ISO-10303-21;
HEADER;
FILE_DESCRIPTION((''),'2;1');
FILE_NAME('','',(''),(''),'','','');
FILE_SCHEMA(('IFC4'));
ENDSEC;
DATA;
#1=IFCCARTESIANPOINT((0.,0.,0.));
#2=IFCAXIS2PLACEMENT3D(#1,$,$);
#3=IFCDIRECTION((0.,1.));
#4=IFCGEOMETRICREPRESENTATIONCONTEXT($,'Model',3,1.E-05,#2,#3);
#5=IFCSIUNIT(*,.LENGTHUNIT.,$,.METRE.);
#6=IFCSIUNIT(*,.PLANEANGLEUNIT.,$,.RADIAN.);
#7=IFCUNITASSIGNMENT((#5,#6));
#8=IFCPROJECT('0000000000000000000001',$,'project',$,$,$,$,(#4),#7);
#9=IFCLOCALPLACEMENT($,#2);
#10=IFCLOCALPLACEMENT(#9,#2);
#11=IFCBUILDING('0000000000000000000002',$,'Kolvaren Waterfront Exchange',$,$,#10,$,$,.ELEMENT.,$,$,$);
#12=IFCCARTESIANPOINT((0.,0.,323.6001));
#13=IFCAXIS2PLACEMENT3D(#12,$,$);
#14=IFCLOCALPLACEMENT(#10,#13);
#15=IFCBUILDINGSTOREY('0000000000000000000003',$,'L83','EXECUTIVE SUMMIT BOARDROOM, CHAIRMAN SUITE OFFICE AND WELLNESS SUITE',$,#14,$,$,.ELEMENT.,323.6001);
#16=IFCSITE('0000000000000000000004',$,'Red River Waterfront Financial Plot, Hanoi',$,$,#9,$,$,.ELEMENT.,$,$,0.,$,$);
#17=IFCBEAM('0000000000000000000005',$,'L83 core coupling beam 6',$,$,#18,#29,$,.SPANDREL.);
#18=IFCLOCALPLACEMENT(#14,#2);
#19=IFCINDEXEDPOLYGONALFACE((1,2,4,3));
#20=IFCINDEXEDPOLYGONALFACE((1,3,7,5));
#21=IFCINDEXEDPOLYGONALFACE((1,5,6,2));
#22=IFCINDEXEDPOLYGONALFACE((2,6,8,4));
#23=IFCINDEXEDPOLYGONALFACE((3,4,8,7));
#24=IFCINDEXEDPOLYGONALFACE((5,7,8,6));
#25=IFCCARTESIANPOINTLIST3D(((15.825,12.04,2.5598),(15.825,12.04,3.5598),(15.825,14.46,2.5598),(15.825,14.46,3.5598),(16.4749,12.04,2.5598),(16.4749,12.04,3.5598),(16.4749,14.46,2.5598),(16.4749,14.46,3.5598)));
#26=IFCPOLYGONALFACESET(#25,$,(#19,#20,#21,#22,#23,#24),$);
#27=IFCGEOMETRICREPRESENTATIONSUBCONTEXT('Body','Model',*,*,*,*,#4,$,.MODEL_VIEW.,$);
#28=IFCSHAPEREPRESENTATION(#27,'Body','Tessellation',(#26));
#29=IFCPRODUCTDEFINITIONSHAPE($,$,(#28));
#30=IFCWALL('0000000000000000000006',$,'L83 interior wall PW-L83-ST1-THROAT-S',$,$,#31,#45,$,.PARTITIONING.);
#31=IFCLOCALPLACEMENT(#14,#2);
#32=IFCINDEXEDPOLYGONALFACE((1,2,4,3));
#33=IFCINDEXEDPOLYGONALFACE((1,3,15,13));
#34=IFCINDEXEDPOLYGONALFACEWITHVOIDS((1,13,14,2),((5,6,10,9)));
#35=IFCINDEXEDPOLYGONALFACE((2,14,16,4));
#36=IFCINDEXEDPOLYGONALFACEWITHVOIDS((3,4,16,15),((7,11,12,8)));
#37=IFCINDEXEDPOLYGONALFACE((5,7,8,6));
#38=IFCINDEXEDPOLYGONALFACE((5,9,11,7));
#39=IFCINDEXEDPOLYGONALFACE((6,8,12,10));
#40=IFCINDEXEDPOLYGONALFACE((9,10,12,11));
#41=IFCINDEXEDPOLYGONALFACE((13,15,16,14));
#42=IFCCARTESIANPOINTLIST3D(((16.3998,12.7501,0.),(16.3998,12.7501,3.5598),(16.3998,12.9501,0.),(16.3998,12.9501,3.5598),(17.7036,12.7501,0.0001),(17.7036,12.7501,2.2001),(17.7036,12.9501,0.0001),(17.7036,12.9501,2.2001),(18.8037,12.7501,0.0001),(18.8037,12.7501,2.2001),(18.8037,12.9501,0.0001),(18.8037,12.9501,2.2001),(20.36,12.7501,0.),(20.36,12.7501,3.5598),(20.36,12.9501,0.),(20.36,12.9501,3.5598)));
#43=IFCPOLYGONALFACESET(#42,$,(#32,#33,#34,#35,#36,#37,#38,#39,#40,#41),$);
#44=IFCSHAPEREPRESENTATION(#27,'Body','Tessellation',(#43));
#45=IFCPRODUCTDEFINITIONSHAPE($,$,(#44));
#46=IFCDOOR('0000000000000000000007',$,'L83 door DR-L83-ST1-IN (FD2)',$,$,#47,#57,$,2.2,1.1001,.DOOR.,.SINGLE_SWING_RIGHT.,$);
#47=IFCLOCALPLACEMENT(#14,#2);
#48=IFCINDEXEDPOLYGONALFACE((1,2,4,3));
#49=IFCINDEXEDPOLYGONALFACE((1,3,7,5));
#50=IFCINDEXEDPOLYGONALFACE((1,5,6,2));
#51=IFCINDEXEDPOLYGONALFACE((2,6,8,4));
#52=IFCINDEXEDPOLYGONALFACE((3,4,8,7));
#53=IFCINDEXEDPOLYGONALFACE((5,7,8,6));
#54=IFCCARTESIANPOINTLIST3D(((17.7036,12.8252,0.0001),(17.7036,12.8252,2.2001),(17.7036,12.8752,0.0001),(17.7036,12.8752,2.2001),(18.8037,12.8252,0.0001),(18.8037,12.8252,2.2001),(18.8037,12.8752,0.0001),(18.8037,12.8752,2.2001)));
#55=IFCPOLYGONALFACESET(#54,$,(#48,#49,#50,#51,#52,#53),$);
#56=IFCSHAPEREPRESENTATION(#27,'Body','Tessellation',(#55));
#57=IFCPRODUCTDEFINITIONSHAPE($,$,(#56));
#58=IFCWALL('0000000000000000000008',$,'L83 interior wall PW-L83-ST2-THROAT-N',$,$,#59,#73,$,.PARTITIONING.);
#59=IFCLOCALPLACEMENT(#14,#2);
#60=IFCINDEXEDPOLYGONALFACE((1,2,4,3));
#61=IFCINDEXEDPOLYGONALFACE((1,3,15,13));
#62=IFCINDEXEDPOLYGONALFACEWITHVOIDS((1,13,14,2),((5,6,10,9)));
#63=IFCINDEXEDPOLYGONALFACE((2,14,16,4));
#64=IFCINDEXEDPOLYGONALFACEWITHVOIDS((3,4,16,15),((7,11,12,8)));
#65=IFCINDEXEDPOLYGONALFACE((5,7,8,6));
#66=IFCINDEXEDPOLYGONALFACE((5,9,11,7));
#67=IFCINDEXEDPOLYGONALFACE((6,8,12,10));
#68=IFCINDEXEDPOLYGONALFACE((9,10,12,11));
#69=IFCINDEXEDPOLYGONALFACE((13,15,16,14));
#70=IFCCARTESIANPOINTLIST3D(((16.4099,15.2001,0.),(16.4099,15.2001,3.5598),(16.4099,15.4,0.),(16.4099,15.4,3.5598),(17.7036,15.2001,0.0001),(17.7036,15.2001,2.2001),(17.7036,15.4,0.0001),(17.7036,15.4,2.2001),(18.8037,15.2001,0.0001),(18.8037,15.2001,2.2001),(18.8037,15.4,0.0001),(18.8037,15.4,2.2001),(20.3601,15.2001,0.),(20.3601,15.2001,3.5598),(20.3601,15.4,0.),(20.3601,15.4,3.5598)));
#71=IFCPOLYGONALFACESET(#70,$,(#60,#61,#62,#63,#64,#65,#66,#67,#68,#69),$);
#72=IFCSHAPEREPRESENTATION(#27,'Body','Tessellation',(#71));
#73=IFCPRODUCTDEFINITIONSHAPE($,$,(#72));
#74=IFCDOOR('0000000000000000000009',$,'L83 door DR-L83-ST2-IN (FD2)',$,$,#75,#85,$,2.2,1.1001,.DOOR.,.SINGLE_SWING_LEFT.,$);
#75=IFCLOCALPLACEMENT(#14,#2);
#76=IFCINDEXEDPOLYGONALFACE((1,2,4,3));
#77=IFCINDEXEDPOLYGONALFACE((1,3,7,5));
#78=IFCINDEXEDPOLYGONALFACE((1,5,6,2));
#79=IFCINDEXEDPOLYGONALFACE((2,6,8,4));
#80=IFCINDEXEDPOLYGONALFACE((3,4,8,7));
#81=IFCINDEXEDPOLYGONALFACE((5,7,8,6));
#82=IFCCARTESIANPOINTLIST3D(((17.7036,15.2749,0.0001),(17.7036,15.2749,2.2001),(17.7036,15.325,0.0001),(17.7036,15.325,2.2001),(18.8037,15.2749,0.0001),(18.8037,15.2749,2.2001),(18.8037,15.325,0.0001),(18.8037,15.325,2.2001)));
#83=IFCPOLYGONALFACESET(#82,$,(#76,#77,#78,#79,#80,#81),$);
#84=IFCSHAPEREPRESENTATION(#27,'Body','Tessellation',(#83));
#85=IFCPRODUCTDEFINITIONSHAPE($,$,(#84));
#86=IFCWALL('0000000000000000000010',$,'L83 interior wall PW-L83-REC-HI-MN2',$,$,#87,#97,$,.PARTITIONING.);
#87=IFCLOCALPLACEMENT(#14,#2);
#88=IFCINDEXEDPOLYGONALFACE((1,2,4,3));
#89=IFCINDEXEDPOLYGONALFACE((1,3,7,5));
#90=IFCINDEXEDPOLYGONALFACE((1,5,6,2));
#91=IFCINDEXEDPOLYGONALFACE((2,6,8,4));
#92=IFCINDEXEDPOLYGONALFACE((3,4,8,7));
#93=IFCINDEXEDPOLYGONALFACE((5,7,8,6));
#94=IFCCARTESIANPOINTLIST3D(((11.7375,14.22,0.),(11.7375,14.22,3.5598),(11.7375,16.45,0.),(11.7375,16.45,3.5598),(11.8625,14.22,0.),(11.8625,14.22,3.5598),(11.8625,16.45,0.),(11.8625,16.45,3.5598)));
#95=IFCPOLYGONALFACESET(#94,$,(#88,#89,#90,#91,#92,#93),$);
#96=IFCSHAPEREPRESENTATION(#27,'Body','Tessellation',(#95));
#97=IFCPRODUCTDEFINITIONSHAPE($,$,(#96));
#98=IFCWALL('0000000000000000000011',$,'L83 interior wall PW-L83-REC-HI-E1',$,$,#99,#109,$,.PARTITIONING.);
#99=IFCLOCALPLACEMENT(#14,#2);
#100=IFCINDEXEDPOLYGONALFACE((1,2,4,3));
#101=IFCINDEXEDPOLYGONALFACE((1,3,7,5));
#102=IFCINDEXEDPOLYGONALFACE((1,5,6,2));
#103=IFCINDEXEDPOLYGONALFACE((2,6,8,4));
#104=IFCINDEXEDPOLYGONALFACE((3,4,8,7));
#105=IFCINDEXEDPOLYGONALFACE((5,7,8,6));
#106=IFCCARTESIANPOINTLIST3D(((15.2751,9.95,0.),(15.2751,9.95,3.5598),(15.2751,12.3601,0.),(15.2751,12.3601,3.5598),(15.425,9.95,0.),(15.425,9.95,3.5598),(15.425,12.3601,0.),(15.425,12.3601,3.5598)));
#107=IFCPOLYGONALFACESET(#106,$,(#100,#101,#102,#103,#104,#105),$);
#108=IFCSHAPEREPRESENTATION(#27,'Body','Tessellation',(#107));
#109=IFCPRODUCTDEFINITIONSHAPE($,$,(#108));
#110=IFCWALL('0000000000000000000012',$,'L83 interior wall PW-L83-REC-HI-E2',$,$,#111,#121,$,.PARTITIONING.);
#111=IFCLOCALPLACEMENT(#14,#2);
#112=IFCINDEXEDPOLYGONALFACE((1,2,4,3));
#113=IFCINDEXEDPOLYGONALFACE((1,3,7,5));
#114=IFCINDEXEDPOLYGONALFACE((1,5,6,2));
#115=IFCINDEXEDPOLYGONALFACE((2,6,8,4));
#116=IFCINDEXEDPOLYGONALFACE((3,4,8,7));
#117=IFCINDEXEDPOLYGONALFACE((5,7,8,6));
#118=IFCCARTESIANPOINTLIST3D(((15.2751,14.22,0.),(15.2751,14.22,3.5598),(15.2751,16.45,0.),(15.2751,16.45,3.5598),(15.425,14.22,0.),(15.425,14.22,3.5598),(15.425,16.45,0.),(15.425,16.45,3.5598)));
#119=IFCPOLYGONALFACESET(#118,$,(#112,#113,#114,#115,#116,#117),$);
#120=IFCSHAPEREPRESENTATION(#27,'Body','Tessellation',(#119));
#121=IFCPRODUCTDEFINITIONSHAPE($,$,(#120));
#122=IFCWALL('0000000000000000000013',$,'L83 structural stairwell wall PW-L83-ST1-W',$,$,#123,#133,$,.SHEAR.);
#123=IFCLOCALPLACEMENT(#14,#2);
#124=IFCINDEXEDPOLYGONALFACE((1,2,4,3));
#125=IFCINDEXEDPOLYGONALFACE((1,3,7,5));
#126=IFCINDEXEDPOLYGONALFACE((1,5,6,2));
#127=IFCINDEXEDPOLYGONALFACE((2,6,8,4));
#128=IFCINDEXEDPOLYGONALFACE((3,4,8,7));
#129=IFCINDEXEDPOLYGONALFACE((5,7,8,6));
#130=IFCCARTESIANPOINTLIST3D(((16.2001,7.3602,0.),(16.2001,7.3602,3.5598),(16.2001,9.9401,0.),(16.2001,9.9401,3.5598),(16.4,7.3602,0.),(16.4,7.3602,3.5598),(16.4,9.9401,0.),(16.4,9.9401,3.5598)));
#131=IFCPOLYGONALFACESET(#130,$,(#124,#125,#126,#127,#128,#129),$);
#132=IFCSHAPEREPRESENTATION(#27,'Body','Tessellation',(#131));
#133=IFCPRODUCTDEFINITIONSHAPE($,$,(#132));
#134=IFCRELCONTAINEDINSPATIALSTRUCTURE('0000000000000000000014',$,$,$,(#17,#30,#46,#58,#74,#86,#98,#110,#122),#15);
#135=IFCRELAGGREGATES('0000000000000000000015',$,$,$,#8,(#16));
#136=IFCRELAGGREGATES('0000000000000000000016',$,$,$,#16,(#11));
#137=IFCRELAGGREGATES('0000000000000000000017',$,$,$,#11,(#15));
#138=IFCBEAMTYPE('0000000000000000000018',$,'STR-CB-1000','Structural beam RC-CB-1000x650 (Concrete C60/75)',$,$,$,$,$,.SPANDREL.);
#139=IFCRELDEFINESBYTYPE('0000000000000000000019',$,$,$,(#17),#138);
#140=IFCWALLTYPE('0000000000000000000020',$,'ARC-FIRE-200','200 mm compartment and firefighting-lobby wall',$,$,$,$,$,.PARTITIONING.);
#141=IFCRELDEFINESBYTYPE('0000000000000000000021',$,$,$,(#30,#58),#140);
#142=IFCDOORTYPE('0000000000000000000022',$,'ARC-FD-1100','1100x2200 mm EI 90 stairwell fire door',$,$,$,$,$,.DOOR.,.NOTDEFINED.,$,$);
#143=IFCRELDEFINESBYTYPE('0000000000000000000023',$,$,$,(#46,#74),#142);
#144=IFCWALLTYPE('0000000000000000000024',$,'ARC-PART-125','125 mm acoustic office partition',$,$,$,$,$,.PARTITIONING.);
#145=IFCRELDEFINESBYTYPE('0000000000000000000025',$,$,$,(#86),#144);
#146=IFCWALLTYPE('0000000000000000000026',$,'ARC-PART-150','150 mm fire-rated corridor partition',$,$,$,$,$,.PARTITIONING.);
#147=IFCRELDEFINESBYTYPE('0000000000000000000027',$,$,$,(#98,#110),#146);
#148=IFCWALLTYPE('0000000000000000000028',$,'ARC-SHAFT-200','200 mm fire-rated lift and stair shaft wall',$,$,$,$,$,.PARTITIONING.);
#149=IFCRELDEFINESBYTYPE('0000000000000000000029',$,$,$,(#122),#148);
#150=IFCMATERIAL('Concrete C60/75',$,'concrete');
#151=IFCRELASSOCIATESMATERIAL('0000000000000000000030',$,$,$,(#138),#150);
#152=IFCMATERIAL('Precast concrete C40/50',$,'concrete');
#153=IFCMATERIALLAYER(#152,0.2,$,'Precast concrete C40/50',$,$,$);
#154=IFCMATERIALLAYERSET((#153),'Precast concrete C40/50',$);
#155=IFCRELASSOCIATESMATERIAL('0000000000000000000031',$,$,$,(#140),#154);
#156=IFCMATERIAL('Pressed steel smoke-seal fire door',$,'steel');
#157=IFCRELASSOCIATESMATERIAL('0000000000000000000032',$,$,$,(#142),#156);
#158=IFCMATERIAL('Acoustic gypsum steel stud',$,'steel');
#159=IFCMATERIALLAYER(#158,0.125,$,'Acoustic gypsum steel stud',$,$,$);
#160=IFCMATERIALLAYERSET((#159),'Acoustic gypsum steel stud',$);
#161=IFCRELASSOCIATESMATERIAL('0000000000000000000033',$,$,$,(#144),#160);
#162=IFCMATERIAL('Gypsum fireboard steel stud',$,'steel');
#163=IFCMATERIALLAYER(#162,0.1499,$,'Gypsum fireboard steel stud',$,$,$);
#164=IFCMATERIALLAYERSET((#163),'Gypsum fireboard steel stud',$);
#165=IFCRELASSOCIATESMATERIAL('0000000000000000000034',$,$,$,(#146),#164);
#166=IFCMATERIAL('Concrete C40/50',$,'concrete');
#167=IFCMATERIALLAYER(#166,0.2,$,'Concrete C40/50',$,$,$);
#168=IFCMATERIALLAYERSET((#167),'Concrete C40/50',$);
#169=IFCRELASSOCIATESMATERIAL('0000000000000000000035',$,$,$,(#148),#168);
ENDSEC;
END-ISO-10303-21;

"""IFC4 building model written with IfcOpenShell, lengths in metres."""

from ifc_helpers import new_model, si_unit, direction, frame, frame_2d, origin, origin_2d, place, context, subcontext, project, spatial, rectangle, extrude, material, layer, layer_set, material_profile, profile_set, type_object, element, fill, save


model = new_model("IFC4")

# Units and contexts
model_context = context("Model", 3, precision=1e-05, world=origin(), true_north=direction((0.0, 1.0)))
body_context = subcontext(model_context, "Body", "Model", "MODEL_VIEW")
ifc_project = project(units=[si_unit("LENGTHUNIT", "METRE"), si_unit("PLANEANGLEUNIT", "RADIAN")], contexts=[model_context])

# Site, building, storey
site_placement = place(None, origin())
site = spatial("IfcSite", under=ifc_project, at=site_placement, Name="Red River Waterfront Financial Plot, Hanoi", CompositionType="ELEMENT", RefElevation=0.0)
building_placement = place(site_placement, origin())
building = spatial("IfcBuilding", under=site, at=building_placement, Name="Kolvaren Waterfront Exchange", CompositionType="ELEMENT")
storey_placement = place(building_placement, frame((0.0, 0.0, 323.6001)))
storey = spatial("IfcBuildingStorey", under=building, at=storey_placement, Name="L83", Description="EXECUTIVE SUMMIT BOARDROOM, CHAIRMAN SUITE OFFICE AND WELLNESS SUITE", CompositionType="ELEMENT", Elevation=323.6001)

# Beam
ifc_material_1 = material(Name="Concrete C60/75", Category="concrete")
ifc_material_profile = material_profile(ifc_material_1, rectangle(XDim=0.6499, YDim=1.0, at=origin_2d()), Name="RC-CB-1000x650")
ifc_profile_set = profile_set([ifc_material_profile], Name="Concrete C60/75")
beam_type = type_object("IfcBeamType", Name="STR-CB-1000", Description="Structural beam RC-CB-1000x650 (Concrete C60/75)", PredefinedType="SPANDREL", material=ifc_profile_set)
beam_placement = place(storey_placement, frame((16.1499, 12.04, 3.0598), z_axis=(0.0, 1.0, 0.0), x_axis=(-1.0, 0.0, 0.0)))
element("IfcBeam", 1, at=beam_placement, inside=storey, type_object=beam_type, Name="L83 core coupling beam 6", PredefinedType="SPANDREL", context=body_context, shape_type="SweptSolid", body=[
    extrude(rectangle(XDim=0.6499, YDim=1.0, at=origin_2d()), origin(), (0.0, 0.0, 1.0), 2.4199),
])

# Walls, openings, doors
ifc_material_2 = material(Name="Precast concrete C40/50", Category="concrete")
ifc_layer_1 = layer(ifc_material_2, 0.2, Name="Precast concrete C40/50")
ifc_layer_set_1 = layer_set([ifc_layer_1], Name="Precast concrete C40/50")
wall_type_1 = type_object("IfcWallType", Name="ARC-FIRE-200", Description="200 mm compartment and firefighting-lobby wall", PredefinedType="PARTITIONING", material=ifc_layer_set_1)
wall_1_placement = place(storey_placement, frame((16.3999, 12.8501, 0.0), z_axis=(0.0, 0.0, 1.0), x_axis=(1.0, 0.0, 0.0)))
wall_1 = element("IfcWall", 2, at=wall_1_placement, inside=storey, type_object=wall_type_1, Name="L83 interior wall PW-L83-ST1-THROAT-S", PredefinedType="PARTITIONING", context=body_context, shape_type="SweptSolid", body=[
    extrude(rectangle(XDim=3.9602, YDim=0.2, at=frame_2d((1.98, 0.0))), origin(), (0.0, 0.0, 1.0), 3.5598),
])
opening_1_placement = place(wall_1_placement, frame((1.3037, 0.0, 0.0)))
opening_1 = element("IfcOpeningElement", 3, at=opening_1_placement, cuts=wall_1, PredefinedType="OPENING", context=body_context, shape_type="SweptSolid", body=[
    extrude(rectangle(XDim=1.1001, YDim=2.2, at=frame_2d((0.55, 1.1001))), frame((0.0, 0.1099, 0.0), z_axis=(0.0, -1.0, 0.0), x_axis=(1.0, 0.0, 0.0)), (0.0, 0.0, 1.0), 0.22),
])
ifc_material_3 = material(Name="Pressed steel smoke-seal fire door", Category="steel")
door_type_1 = type_object("IfcDoorType", Name="ARC-FD-1100", Description="1100x2200 mm EI 90 stairwell fire door", OperationType="NOTDEFINED", PredefinedType="DOOR", material=ifc_material_3)
door_1_placement = place(opening_1_placement, frame((1.1001, 0.0, 0.0), z_axis=(0.0, 0.0, 1.0), x_axis=(-1.0, 0.0, 0.0)))
door_1 = element("IfcDoor", 4, at=door_1_placement, inside=storey, type_object=door_type_1, Name="L83 door DR-L83-ST1-IN (FD2)", OperationType="SINGLE_SWING_RIGHT", OverallHeight=2.2, OverallWidth=1.1001, PredefinedType="DOOR", context=body_context, shape_type="SweptSolid", body=[
    extrude(rectangle(XDim=1.1001, YDim=2.2, at=frame_2d((0.55, 1.1001))), frame((0.0, 0.0249, 0.0), z_axis=(0.0, -1.0, 0.0), x_axis=(1.0, 0.0, 0.0)), (0.0, 0.0, 1.0), 0.05),
])
fill(opening_1, door_1)
wall_2_placement = place(storey_placement, frame((16.4099, 15.3, 0.0), z_axis=(0.0, 0.0, 1.0), x_axis=(1.0, 0.0, 0.0)))
wall_2 = element("IfcWall", 5, at=wall_2_placement, inside=storey, type_object=wall_type_1, Name="L83 interior wall PW-L83-ST2-THROAT-N", PredefinedType="PARTITIONING", context=body_context, shape_type="SweptSolid", body=[
    extrude(rectangle(XDim=3.9502, YDim=0.2, at=frame_2d((1.9751, 0.0))), origin(), (0.0, 0.0, 1.0), 3.5598),
])
opening_2_placement = place(wall_2_placement, frame((1.2937, 0.0, 0.0)))
opening_2 = element("IfcOpeningElement", 6, at=opening_2_placement, cuts=wall_2, PredefinedType="OPENING", context=body_context, shape_type="SweptSolid", body=[
    extrude(rectangle(XDim=1.1001, YDim=2.2, at=frame_2d((0.55, 1.1001))), frame((0.0, 0.1099, 0.0), z_axis=(0.0, -1.0, 0.0), x_axis=(1.0, 0.0, 0.0)), (0.0, 0.0, 1.0), 0.22),
])
door_2_placement = place(opening_2_placement, origin())
door_2 = element("IfcDoor", 7, at=door_2_placement, inside=storey, type_object=door_type_1, Name="L83 door DR-L83-ST2-IN (FD2)", OperationType="SINGLE_SWING_LEFT", OverallHeight=2.2, OverallWidth=1.1001, PredefinedType="DOOR", context=body_context, shape_type="SweptSolid", body=[
    extrude(rectangle(XDim=1.1001, YDim=2.2, at=frame_2d((0.55, 1.1001))), frame((0.0, 0.0249, 0.0), z_axis=(0.0, -1.0, 0.0), x_axis=(1.0, 0.0, 0.0)), (0.0, 0.0, 1.0), 0.05),
])
fill(opening_2, door_2)

# Walls
ifc_material_4 = material(Name="Acoustic gypsum steel stud", Category="steel")
ifc_layer_2 = layer(ifc_material_4, 0.125, Name="Acoustic gypsum steel stud")
ifc_layer_set_2 = layer_set([ifc_layer_2], Name="Acoustic gypsum steel stud")
wall_type_2 = type_object("IfcWallType", Name="ARC-PART-125", Description="125 mm acoustic office partition", PredefinedType="PARTITIONING", material=ifc_layer_set_2)
wall_3_placement = place(storey_placement, frame((11.8, 14.22, 0.0), z_axis=(0.0, 0.0, 1.0), x_axis=(0.0, 1.0, 0.0)))
element("IfcWall", 8, at=wall_3_placement, inside=storey, type_object=wall_type_2, Name="L83 interior wall PW-L83-REC-HI-MN2", PredefinedType="PARTITIONING", context=body_context, shape_type="SweptSolid", body=[
    extrude(rectangle(XDim=2.23, YDim=0.125, at=frame_2d((1.115, 0.0))), origin(), (0.0, 0.0, 1.0), 3.5598),
])
ifc_material_5 = material(Name="Gypsum fireboard steel stud", Category="steel")
ifc_layer_3 = layer(ifc_material_5, 0.1499, Name="Gypsum fireboard steel stud")
ifc_layer_set_3 = layer_set([ifc_layer_3], Name="Gypsum fireboard steel stud")
wall_type_3 = type_object("IfcWallType", Name="ARC-PART-150", Description="150 mm fire-rated corridor partition", PredefinedType="PARTITIONING", material=ifc_layer_set_3)
wall_4_placement = place(storey_placement, frame((15.3501, 9.95, 0.0), z_axis=(0.0, 0.0, 1.0), x_axis=(0.0, 1.0, 0.0)))
element("IfcWall", 9, at=wall_4_placement, inside=storey, type_object=wall_type_3, Name="L83 interior wall PW-L83-REC-HI-E1", PredefinedType="PARTITIONING", context=body_context, shape_type="SweptSolid", body=[
    extrude(rectangle(XDim=2.4102, YDim=0.1499, at=frame_2d((1.2051, 0.0))), origin(), (0.0, 0.0, 1.0), 3.5598),
])
wall_5_placement = place(storey_placement, frame((15.3501, 14.22, 0.0), z_axis=(0.0, 0.0, 1.0), x_axis=(0.0, 1.0, 0.0)))
element("IfcWall", 10, at=wall_5_placement, inside=storey, type_object=wall_type_3, Name="L83 interior wall PW-L83-REC-HI-E2", PredefinedType="PARTITIONING", context=body_context, shape_type="SweptSolid", body=[
    extrude(rectangle(XDim=2.23, YDim=0.1499, at=frame_2d((1.115, 0.0))), origin(), (0.0, 0.0, 1.0), 3.5598),
])
ifc_material_6 = material(Name="Concrete C40/50", Category="concrete")
ifc_layer_4 = layer(ifc_material_6, 0.2, Name="Concrete C40/50")
ifc_layer_set_4 = layer_set([ifc_layer_4], Name="Concrete C40/50")
wall_type_4 = type_object("IfcWallType", Name="ARC-SHAFT-200", Description="200 mm fire-rated lift and stair shaft wall", PredefinedType="PARTITIONING", material=ifc_layer_set_4)
wall_6_placement = place(storey_placement, frame((16.3, 7.3601, 0.0), z_axis=(0.0, 0.0, 1.0), x_axis=(0.0, 1.0, 0.0)))
element("IfcWall", 11, at=wall_6_placement, inside=storey, type_object=wall_type_4, Name="L83 structural stairwell wall PW-L83-ST1-W", PredefinedType="SHEAR", context=body_context, shape_type="SweptSolid", body=[
    extrude(rectangle(XDim=2.5798, YDim=0.2, at=frame_2d((1.29, 0.0))), origin(), (0.0, 0.0, 1.0), 3.5598),
])

save(model, "model.ifc")
